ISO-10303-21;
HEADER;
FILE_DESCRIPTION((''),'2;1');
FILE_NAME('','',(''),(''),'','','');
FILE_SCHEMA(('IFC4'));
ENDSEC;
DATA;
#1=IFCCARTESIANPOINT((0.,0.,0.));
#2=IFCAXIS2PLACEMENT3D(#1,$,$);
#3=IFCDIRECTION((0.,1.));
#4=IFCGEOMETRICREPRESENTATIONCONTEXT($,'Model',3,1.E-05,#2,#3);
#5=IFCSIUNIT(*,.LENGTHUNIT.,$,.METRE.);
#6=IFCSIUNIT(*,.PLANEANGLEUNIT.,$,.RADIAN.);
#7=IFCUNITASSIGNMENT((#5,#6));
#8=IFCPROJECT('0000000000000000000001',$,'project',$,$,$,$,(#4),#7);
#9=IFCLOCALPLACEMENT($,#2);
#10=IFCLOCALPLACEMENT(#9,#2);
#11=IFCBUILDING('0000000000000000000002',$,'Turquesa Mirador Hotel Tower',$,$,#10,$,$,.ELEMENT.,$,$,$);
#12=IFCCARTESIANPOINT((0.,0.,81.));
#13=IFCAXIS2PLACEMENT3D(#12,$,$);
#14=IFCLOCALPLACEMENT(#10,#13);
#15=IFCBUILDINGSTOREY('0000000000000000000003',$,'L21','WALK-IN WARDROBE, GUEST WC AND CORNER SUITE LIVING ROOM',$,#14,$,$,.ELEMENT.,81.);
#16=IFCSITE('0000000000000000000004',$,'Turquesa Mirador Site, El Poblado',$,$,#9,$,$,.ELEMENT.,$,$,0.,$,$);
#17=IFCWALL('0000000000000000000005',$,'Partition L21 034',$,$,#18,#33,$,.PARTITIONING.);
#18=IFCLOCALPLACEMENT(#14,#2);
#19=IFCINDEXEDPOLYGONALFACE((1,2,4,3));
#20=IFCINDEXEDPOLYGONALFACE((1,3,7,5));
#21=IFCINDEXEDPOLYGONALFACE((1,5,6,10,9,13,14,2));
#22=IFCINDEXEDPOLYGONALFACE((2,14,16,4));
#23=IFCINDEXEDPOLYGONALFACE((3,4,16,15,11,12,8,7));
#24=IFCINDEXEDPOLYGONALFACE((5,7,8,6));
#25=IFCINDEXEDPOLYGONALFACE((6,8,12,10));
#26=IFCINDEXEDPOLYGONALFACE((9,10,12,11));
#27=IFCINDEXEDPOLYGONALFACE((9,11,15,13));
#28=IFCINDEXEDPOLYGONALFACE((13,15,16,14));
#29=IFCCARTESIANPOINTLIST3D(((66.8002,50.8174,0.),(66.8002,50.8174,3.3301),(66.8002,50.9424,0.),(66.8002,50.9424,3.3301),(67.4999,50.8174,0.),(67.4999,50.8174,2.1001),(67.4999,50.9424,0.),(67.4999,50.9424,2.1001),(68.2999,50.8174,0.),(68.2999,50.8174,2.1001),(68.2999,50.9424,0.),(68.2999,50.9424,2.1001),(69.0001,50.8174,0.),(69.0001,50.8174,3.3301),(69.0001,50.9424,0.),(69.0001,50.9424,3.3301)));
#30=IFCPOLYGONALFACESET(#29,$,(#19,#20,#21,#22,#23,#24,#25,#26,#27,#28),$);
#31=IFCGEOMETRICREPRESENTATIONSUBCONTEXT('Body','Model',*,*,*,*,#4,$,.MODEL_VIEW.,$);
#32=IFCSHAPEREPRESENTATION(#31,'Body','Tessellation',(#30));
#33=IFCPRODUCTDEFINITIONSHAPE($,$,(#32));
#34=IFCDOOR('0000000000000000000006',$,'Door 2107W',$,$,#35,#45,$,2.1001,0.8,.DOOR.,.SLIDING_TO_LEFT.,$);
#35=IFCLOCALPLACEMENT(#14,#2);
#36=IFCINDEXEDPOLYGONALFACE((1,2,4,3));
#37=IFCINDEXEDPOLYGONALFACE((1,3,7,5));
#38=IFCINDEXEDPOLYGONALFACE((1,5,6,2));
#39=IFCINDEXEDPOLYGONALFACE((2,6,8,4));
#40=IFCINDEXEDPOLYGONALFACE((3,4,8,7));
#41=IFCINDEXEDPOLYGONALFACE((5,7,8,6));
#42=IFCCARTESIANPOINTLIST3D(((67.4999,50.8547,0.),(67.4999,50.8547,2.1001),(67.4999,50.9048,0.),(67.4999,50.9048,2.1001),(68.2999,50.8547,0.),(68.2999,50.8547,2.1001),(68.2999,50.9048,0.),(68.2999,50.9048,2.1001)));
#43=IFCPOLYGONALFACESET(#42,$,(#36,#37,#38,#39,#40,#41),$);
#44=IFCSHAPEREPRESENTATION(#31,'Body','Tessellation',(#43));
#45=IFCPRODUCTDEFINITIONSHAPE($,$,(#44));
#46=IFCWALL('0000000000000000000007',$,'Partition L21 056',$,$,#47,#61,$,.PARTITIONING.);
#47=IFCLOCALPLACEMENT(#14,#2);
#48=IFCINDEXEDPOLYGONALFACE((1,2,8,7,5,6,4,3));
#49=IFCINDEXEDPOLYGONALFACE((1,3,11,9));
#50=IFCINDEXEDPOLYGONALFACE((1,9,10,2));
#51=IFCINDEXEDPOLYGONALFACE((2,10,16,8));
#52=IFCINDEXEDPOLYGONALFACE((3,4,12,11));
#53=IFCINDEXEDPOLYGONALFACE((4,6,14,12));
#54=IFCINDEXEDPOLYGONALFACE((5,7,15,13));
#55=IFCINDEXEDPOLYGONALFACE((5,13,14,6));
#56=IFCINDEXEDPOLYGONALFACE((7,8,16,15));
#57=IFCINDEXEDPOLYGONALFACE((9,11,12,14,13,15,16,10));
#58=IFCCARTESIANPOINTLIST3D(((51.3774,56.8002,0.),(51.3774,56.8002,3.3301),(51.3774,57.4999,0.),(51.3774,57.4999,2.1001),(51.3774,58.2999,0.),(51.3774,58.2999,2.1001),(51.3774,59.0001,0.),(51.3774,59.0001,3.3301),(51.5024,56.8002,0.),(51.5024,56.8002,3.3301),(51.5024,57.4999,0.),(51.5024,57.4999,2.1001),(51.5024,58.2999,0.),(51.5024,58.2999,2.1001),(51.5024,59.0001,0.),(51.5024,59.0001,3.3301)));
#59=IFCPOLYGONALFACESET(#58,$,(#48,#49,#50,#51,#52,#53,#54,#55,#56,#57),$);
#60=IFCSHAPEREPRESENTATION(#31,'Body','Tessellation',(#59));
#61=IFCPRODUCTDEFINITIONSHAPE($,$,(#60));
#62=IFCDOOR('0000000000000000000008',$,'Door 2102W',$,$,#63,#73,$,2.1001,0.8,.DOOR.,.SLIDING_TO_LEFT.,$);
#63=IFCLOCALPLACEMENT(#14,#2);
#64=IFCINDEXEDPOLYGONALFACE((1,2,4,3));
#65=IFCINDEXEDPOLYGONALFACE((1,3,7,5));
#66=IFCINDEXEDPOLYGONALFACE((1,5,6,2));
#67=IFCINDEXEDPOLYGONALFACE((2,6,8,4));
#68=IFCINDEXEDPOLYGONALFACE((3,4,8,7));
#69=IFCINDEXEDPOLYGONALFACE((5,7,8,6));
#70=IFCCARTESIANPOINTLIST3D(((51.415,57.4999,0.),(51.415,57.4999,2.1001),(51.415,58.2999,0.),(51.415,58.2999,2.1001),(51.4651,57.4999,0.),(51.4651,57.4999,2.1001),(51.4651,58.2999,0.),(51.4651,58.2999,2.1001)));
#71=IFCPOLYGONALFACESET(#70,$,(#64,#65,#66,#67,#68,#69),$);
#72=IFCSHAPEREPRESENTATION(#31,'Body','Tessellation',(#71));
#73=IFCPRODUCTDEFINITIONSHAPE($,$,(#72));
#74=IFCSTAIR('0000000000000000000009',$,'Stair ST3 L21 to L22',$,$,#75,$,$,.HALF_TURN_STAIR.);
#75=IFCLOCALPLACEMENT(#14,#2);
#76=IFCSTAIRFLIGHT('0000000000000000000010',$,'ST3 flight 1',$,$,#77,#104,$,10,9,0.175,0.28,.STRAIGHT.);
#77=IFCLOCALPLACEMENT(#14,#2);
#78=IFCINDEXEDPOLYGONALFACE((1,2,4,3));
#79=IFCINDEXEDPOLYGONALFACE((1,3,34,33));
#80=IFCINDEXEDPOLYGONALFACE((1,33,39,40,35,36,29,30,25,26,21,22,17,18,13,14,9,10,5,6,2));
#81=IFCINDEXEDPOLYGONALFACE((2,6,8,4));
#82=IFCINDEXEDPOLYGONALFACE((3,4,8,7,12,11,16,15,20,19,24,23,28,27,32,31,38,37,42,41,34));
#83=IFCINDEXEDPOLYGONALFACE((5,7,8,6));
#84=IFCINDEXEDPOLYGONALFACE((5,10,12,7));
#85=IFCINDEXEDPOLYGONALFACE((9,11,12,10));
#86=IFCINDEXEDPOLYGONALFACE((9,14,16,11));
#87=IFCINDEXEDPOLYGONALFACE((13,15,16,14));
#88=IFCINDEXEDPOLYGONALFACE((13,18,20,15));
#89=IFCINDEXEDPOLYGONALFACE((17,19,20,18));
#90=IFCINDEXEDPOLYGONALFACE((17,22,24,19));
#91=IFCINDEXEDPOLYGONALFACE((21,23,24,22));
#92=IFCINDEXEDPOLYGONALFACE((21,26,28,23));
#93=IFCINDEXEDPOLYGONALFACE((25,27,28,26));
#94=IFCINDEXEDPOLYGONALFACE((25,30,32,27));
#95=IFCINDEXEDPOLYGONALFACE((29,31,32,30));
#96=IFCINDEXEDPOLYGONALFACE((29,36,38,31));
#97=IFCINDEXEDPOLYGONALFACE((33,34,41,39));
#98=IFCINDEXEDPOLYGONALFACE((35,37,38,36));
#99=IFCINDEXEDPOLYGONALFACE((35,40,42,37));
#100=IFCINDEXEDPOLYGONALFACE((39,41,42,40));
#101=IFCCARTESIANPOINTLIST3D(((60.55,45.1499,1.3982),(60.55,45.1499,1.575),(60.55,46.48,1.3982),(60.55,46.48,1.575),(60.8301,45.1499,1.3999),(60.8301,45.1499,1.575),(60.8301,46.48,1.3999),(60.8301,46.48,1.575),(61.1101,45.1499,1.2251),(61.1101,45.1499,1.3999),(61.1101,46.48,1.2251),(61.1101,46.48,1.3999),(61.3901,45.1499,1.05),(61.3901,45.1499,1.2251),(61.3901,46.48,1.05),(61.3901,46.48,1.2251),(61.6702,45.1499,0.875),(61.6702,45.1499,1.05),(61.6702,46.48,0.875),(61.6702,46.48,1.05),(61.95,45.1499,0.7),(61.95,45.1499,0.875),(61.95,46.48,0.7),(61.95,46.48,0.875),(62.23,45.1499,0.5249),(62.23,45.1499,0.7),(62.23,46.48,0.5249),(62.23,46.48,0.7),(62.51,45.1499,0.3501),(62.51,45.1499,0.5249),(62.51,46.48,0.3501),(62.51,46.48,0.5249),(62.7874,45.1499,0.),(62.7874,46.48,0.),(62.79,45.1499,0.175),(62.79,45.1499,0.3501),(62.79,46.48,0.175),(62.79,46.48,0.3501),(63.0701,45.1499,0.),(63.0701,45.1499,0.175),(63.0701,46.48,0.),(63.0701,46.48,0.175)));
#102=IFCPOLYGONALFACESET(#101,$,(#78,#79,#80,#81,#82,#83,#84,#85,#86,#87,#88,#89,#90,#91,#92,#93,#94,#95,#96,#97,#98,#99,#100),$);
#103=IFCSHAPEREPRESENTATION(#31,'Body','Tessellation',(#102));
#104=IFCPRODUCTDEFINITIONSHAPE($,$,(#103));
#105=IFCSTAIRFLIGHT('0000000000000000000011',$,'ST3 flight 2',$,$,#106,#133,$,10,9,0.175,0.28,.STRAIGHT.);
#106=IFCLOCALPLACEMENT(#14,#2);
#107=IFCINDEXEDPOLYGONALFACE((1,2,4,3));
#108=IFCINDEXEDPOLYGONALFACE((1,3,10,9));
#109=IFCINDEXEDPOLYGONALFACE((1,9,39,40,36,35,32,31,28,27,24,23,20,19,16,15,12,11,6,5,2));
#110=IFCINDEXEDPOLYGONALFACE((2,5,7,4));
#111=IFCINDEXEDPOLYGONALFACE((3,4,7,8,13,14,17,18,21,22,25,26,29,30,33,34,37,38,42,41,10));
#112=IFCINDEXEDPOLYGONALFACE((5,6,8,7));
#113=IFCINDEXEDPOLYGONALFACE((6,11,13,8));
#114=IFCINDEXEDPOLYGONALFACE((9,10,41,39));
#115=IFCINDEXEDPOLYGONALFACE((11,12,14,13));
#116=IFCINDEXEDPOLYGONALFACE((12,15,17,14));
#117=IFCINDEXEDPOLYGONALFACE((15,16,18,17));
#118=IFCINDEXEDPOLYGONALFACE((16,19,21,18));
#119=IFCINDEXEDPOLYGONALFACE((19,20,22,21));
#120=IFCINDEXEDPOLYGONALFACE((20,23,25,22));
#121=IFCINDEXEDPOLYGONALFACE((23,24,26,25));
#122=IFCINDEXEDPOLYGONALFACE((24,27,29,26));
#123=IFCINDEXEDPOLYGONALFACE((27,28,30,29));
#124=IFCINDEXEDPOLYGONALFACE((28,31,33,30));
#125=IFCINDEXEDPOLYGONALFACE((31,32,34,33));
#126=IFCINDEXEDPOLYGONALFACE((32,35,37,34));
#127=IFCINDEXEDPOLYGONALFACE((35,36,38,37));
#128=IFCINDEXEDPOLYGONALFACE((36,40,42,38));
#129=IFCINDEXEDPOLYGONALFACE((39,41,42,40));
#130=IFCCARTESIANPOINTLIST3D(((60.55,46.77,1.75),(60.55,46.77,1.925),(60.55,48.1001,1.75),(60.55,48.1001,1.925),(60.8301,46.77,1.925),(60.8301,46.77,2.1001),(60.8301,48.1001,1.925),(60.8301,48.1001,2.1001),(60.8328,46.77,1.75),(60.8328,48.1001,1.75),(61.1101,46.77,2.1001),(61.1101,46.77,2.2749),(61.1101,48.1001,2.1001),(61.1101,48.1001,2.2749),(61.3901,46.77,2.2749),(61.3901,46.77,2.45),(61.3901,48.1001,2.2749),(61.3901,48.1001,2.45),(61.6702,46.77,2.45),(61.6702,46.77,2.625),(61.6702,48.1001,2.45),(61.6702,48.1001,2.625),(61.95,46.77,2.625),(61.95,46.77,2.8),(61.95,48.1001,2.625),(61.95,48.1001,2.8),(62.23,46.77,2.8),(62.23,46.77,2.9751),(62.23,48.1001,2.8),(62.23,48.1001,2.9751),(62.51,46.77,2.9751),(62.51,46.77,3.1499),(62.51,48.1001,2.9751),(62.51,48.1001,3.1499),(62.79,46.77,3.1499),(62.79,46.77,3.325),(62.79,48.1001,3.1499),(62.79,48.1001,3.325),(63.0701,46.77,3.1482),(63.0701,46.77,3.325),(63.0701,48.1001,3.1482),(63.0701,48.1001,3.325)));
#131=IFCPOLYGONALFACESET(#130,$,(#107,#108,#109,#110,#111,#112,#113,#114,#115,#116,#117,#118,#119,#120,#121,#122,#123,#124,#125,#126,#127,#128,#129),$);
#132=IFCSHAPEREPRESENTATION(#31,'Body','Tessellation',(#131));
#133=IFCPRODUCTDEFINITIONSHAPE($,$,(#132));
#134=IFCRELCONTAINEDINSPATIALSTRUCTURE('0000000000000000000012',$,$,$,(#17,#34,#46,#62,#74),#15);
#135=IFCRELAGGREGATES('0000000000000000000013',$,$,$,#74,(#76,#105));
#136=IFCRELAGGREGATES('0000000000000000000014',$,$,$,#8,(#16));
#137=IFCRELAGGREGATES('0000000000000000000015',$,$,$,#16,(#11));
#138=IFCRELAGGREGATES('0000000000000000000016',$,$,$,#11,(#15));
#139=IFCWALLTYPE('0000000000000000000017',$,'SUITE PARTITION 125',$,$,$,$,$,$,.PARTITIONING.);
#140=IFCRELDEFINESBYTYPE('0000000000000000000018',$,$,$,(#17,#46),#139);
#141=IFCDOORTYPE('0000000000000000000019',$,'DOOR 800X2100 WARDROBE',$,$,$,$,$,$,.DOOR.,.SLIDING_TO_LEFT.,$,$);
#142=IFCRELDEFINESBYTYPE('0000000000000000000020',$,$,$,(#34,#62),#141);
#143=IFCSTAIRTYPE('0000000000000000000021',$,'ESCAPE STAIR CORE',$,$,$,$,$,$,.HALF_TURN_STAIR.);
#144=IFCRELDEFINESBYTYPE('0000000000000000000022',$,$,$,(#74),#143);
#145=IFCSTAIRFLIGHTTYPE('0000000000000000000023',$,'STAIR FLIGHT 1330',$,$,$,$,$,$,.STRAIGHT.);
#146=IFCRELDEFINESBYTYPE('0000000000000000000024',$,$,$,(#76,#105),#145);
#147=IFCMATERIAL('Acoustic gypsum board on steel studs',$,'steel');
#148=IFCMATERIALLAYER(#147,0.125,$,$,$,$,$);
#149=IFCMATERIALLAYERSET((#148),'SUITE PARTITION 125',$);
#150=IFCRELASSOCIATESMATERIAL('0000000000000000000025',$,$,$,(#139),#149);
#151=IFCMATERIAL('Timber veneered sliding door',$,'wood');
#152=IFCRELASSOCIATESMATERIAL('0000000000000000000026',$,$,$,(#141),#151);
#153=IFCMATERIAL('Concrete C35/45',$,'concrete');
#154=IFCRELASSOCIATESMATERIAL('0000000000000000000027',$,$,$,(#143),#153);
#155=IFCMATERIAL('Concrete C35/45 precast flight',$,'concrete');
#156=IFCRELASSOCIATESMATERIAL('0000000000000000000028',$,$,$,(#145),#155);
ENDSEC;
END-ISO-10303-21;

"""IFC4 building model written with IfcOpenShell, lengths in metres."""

from ifc_helpers import new_model, si_unit, direction, frame, frame_2d, origin, place, context, subcontext, project, spatial, polyline, rectangle, outline, extrude, material, layer, layer_set, type_object, element, fill, aggregate, save


model = new_model("IFC4")

# Units and contexts
model_context = context("Model", 3, precision=1e-05, world=origin(), true_north=direction((0.0, 1.0)))
body_context = subcontext(model_context, "Body", "Model", "MODEL_VIEW")
ifc_project = project(units=[si_unit("LENGTHUNIT", "METRE"), si_unit("PLANEANGLEUNIT", "RADIAN")], contexts=[model_context])

# Site, building, storey
site_placement = place(None, origin())
site = spatial("IfcSite", under=ifc_project, at=site_placement, Name="Turquesa Mirador Site, El Poblado", CompositionType="ELEMENT", RefElevation=0.0)
building_placement = place(site_placement, origin())
building = spatial("IfcBuilding", under=site, at=building_placement, Name="Turquesa Mirador Hotel Tower", CompositionType="ELEMENT")
storey_placement = place(building_placement, frame((0.0, 0.0, 81.0)))
storey = spatial("IfcBuildingStorey", under=building, at=storey_placement, Name="L21", Description="WALK-IN WARDROBE, GUEST WC AND CORNER SUITE LIVING ROOM", CompositionType="ELEMENT", Elevation=81.0)

# Walls, openings, doors
ifc_material_1 = material(Name="Acoustic gypsum board on steel studs", Category="steel")
ifc_layer_1 = layer(ifc_material_1, 0.125)
ifc_layer_set_1 = layer_set([ifc_layer_1], Name="SUITE PARTITION 125")
wall_type_1 = type_object("IfcWallType", Name="SUITE PARTITION 125", PredefinedType="PARTITIONING", material=ifc_layer_set_1)
wall_1_placement = place(storey_placement, frame((66.8, 50.8799, 0.0), z_axis=(0.0, 0.0, 1.0), x_axis=(1.0, 0.0, 0.0)))
wall_1 = element("IfcWall", 1, at=wall_1_placement, inside=storey, type_object=wall_type_1, Name="Partition L21 034", PredefinedType="PARTITIONING", context=body_context, shape_type="SweptSolid", body=[
    extrude(rectangle(XDim=2.2, YDim=0.125, at=frame_2d((1.1001, 0.0))), origin(), (0.0, 0.0, 1.0), 3.3301),
])
opening_1_placement = place(wall_1_placement, frame((0.7, 0.0, 0.0)))
opening_1 = element("IfcOpeningElement", 2, at=opening_1_placement, cuts=wall_1, PredefinedType="OPENING", context=body_context, shape_type="SweptSolid", body=[
    extrude(rectangle(XDim=0.8, YDim=2.1001, at=frame_2d((0.3999, 1.05))), frame((0.0, 0.0725, 0.0), z_axis=(0.0, -1.0, 0.0), x_axis=(1.0, 0.0, 0.0)), (0.0, 0.0, 1.0), 0.145),
])
ifc_material_2 = material(Name="Timber veneered sliding door", Category="wood")
door_type_1 = type_object("IfcDoorType", Name="DOOR 800X2100 WARDROBE", OperationType="SLIDING_TO_LEFT", PredefinedType="DOOR", material=ifc_material_2)
door_1_placement = place(opening_1_placement, origin())
door_1 = element("IfcDoor", 3, at=door_1_placement, inside=storey, type_object=door_type_1, Name="Door 2107W", OperationType="SLIDING_TO_LEFT", OverallHeight=2.1001, OverallWidth=0.8, PredefinedType="DOOR", context=body_context, shape_type="SweptSolid", body=[
    extrude(rectangle(XDim=0.8, YDim=2.1001, at=frame_2d((0.3999, 1.05))), frame((0.0, 0.0249, 0.0), z_axis=(0.0, -1.0, 0.0), x_axis=(1.0, 0.0, 0.0)), (0.0, 0.0, 1.0), 0.05),
])
fill(opening_1, door_1)
wall_2_placement = place(storey_placement, frame((51.4399, 56.8, 0.0), z_axis=(0.0, 0.0, 1.0), x_axis=(0.0, 1.0, 0.0)))
wall_2 = element("IfcWall", 4, at=wall_2_placement, inside=storey, type_object=wall_type_1, Name="Partition L21 056", PredefinedType="PARTITIONING", context=body_context, shape_type="SweptSolid", body=[
    extrude(rectangle(XDim=2.2, YDim=0.125, at=frame_2d((1.1001, 0.0))), origin(), (0.0, 0.0, 1.0), 3.3301),
])
opening_2_placement = place(wall_2_placement, frame((0.7, 0.0, 0.0)))
opening_2 = element("IfcOpeningElement", 5, at=opening_2_placement, cuts=wall_2, PredefinedType="OPENING", context=body_context, shape_type="SweptSolid", body=[
    extrude(rectangle(XDim=0.8, YDim=2.1001, at=frame_2d((0.3999, 1.05))), frame((0.0, 0.0725, 0.0), z_axis=(0.0, -1.0, 0.0), x_axis=(1.0, 0.0, 0.0)), (0.0, 0.0, 1.0), 0.145),
])
door_2_placement = place(opening_2_placement, origin())
door_2 = element("IfcDoor", 6, at=door_2_placement, inside=storey, type_object=door_type_1, Name="Door 2102W", OperationType="SLIDING_TO_LEFT", OverallHeight=2.1001, OverallWidth=0.8, PredefinedType="DOOR", context=body_context, shape_type="SweptSolid", body=[
    extrude(rectangle(XDim=0.8, YDim=2.1001, at=frame_2d((0.3999, 1.05))), frame((0.0, 0.0249, 0.0), z_axis=(0.0, -1.0, 0.0), x_axis=(1.0, 0.0, 0.0)), (0.0, 0.0, 1.0), 0.05),
])
fill(opening_2, door_2)

# Stair, stair flights
ifc_material_3 = material(Name="Concrete C35/45", Category="concrete")
stair_type = type_object("IfcStairType", Name="ESCAPE STAIR CORE", PredefinedType="HALF_TURN_STAIR", material=ifc_material_3)
stair_placement = place(storey_placement, origin())
stair = element("IfcStair", 7, at=stair_placement, inside=storey, type_object=stair_type, Name="Stair ST3 L21 to L22", PredefinedType="HALF_TURN_STAIR")
ifc_material_4 = material(Name="Concrete C35/45 precast flight", Category="concrete")
stair_flight_type = type_object("IfcStairFlightType", Name="STAIR FLIGHT 1330", PredefinedType="STRAIGHT", material=ifc_material_4)
stair_flight_1_placement = place(storey_placement, frame((63.0701, 45.8149, 0.0), z_axis=(0.0, 0.0, 1.0), x_axis=(-1.0, 0.0, 0.0)))
stair_flight_1 = element("IfcStairFlight", 8, at=stair_flight_1_placement, type_object=stair_flight_type, Name="ST3 flight 1", NumberOfRisers=10, NumberOfTreads=9, PredefinedType="STRAIGHT", RiserHeight=0.175, TreadLength=0.28, context=body_context, shape_type="SweptSolid", body=[
    extrude(outline(polyline([(0.0, 0.0), (0.0, 0.175), (0.28, 0.175), (0.28, 0.3501), (0.5601, 0.3501), (0.5601, 0.5249), (0.8401, 0.5249), (0.8401, 0.7), (1.1201, 0.7), (1.1201, 0.875), (1.3999, 0.875), (1.3999, 1.05), (1.6799, 1.05), (1.6799, 1.2251), (1.96, 1.2251), (1.96, 1.3999), (2.24, 1.3999), (2.24, 1.575), (2.52, 1.575), (2.52, 1.75), (2.52, 1.3982), (0.2827, 0.0), (0.0, 0.0)])), frame((0.0, 0.665, 0.0), z_axis=(0.0, -1.0, 0.0), x_axis=(1.0, 0.0, 0.0)), (0.0, 0.0, 1.0), 1.3301),
])
stair_flight_2_placement = place(storey_placement, frame((60.55, 47.4351, 1.75), z_axis=(0.0, 0.0, 1.0), x_axis=(1.0, 0.0, 0.0)))
stair_flight_2 = element("IfcStairFlight", 9, at=stair_flight_2_placement, type_object=stair_flight_type, Name="ST3 flight 2", NumberOfRisers=10, NumberOfTreads=9, PredefinedType="STRAIGHT", RiserHeight=0.175, TreadLength=0.28, context=body_context, shape_type="SweptSolid", body=[
    extrude(outline(polyline([(0.0, 0.0), (0.0, 0.175), (0.28, 0.175), (0.28, 0.3501), (0.5601, 0.3501), (0.5601, 0.5249), (0.8401, 0.5249), (0.8401, 0.7), (1.1201, 0.7), (1.1201, 0.875), (1.3999, 0.875), (1.3999, 1.05), (1.6799, 1.05), (1.6799, 1.2251), (1.96, 1.2251), (1.96, 1.3999), (2.24, 1.3999), (2.24, 1.575), (2.52, 1.575), (2.52, 1.75), (2.52, 1.3982), (0.2827, 0.0), (0.0, 0.0)])), frame((0.0, 0.665, 0.0), z_axis=(0.0, -1.0, 0.0), x_axis=(1.0, 0.0, 0.0)), (0.0, 0.0, 1.0), 1.3301),
])
aggregate(stair, [stair_flight_1, stair_flight_2])

save(model, "model.ifc")
